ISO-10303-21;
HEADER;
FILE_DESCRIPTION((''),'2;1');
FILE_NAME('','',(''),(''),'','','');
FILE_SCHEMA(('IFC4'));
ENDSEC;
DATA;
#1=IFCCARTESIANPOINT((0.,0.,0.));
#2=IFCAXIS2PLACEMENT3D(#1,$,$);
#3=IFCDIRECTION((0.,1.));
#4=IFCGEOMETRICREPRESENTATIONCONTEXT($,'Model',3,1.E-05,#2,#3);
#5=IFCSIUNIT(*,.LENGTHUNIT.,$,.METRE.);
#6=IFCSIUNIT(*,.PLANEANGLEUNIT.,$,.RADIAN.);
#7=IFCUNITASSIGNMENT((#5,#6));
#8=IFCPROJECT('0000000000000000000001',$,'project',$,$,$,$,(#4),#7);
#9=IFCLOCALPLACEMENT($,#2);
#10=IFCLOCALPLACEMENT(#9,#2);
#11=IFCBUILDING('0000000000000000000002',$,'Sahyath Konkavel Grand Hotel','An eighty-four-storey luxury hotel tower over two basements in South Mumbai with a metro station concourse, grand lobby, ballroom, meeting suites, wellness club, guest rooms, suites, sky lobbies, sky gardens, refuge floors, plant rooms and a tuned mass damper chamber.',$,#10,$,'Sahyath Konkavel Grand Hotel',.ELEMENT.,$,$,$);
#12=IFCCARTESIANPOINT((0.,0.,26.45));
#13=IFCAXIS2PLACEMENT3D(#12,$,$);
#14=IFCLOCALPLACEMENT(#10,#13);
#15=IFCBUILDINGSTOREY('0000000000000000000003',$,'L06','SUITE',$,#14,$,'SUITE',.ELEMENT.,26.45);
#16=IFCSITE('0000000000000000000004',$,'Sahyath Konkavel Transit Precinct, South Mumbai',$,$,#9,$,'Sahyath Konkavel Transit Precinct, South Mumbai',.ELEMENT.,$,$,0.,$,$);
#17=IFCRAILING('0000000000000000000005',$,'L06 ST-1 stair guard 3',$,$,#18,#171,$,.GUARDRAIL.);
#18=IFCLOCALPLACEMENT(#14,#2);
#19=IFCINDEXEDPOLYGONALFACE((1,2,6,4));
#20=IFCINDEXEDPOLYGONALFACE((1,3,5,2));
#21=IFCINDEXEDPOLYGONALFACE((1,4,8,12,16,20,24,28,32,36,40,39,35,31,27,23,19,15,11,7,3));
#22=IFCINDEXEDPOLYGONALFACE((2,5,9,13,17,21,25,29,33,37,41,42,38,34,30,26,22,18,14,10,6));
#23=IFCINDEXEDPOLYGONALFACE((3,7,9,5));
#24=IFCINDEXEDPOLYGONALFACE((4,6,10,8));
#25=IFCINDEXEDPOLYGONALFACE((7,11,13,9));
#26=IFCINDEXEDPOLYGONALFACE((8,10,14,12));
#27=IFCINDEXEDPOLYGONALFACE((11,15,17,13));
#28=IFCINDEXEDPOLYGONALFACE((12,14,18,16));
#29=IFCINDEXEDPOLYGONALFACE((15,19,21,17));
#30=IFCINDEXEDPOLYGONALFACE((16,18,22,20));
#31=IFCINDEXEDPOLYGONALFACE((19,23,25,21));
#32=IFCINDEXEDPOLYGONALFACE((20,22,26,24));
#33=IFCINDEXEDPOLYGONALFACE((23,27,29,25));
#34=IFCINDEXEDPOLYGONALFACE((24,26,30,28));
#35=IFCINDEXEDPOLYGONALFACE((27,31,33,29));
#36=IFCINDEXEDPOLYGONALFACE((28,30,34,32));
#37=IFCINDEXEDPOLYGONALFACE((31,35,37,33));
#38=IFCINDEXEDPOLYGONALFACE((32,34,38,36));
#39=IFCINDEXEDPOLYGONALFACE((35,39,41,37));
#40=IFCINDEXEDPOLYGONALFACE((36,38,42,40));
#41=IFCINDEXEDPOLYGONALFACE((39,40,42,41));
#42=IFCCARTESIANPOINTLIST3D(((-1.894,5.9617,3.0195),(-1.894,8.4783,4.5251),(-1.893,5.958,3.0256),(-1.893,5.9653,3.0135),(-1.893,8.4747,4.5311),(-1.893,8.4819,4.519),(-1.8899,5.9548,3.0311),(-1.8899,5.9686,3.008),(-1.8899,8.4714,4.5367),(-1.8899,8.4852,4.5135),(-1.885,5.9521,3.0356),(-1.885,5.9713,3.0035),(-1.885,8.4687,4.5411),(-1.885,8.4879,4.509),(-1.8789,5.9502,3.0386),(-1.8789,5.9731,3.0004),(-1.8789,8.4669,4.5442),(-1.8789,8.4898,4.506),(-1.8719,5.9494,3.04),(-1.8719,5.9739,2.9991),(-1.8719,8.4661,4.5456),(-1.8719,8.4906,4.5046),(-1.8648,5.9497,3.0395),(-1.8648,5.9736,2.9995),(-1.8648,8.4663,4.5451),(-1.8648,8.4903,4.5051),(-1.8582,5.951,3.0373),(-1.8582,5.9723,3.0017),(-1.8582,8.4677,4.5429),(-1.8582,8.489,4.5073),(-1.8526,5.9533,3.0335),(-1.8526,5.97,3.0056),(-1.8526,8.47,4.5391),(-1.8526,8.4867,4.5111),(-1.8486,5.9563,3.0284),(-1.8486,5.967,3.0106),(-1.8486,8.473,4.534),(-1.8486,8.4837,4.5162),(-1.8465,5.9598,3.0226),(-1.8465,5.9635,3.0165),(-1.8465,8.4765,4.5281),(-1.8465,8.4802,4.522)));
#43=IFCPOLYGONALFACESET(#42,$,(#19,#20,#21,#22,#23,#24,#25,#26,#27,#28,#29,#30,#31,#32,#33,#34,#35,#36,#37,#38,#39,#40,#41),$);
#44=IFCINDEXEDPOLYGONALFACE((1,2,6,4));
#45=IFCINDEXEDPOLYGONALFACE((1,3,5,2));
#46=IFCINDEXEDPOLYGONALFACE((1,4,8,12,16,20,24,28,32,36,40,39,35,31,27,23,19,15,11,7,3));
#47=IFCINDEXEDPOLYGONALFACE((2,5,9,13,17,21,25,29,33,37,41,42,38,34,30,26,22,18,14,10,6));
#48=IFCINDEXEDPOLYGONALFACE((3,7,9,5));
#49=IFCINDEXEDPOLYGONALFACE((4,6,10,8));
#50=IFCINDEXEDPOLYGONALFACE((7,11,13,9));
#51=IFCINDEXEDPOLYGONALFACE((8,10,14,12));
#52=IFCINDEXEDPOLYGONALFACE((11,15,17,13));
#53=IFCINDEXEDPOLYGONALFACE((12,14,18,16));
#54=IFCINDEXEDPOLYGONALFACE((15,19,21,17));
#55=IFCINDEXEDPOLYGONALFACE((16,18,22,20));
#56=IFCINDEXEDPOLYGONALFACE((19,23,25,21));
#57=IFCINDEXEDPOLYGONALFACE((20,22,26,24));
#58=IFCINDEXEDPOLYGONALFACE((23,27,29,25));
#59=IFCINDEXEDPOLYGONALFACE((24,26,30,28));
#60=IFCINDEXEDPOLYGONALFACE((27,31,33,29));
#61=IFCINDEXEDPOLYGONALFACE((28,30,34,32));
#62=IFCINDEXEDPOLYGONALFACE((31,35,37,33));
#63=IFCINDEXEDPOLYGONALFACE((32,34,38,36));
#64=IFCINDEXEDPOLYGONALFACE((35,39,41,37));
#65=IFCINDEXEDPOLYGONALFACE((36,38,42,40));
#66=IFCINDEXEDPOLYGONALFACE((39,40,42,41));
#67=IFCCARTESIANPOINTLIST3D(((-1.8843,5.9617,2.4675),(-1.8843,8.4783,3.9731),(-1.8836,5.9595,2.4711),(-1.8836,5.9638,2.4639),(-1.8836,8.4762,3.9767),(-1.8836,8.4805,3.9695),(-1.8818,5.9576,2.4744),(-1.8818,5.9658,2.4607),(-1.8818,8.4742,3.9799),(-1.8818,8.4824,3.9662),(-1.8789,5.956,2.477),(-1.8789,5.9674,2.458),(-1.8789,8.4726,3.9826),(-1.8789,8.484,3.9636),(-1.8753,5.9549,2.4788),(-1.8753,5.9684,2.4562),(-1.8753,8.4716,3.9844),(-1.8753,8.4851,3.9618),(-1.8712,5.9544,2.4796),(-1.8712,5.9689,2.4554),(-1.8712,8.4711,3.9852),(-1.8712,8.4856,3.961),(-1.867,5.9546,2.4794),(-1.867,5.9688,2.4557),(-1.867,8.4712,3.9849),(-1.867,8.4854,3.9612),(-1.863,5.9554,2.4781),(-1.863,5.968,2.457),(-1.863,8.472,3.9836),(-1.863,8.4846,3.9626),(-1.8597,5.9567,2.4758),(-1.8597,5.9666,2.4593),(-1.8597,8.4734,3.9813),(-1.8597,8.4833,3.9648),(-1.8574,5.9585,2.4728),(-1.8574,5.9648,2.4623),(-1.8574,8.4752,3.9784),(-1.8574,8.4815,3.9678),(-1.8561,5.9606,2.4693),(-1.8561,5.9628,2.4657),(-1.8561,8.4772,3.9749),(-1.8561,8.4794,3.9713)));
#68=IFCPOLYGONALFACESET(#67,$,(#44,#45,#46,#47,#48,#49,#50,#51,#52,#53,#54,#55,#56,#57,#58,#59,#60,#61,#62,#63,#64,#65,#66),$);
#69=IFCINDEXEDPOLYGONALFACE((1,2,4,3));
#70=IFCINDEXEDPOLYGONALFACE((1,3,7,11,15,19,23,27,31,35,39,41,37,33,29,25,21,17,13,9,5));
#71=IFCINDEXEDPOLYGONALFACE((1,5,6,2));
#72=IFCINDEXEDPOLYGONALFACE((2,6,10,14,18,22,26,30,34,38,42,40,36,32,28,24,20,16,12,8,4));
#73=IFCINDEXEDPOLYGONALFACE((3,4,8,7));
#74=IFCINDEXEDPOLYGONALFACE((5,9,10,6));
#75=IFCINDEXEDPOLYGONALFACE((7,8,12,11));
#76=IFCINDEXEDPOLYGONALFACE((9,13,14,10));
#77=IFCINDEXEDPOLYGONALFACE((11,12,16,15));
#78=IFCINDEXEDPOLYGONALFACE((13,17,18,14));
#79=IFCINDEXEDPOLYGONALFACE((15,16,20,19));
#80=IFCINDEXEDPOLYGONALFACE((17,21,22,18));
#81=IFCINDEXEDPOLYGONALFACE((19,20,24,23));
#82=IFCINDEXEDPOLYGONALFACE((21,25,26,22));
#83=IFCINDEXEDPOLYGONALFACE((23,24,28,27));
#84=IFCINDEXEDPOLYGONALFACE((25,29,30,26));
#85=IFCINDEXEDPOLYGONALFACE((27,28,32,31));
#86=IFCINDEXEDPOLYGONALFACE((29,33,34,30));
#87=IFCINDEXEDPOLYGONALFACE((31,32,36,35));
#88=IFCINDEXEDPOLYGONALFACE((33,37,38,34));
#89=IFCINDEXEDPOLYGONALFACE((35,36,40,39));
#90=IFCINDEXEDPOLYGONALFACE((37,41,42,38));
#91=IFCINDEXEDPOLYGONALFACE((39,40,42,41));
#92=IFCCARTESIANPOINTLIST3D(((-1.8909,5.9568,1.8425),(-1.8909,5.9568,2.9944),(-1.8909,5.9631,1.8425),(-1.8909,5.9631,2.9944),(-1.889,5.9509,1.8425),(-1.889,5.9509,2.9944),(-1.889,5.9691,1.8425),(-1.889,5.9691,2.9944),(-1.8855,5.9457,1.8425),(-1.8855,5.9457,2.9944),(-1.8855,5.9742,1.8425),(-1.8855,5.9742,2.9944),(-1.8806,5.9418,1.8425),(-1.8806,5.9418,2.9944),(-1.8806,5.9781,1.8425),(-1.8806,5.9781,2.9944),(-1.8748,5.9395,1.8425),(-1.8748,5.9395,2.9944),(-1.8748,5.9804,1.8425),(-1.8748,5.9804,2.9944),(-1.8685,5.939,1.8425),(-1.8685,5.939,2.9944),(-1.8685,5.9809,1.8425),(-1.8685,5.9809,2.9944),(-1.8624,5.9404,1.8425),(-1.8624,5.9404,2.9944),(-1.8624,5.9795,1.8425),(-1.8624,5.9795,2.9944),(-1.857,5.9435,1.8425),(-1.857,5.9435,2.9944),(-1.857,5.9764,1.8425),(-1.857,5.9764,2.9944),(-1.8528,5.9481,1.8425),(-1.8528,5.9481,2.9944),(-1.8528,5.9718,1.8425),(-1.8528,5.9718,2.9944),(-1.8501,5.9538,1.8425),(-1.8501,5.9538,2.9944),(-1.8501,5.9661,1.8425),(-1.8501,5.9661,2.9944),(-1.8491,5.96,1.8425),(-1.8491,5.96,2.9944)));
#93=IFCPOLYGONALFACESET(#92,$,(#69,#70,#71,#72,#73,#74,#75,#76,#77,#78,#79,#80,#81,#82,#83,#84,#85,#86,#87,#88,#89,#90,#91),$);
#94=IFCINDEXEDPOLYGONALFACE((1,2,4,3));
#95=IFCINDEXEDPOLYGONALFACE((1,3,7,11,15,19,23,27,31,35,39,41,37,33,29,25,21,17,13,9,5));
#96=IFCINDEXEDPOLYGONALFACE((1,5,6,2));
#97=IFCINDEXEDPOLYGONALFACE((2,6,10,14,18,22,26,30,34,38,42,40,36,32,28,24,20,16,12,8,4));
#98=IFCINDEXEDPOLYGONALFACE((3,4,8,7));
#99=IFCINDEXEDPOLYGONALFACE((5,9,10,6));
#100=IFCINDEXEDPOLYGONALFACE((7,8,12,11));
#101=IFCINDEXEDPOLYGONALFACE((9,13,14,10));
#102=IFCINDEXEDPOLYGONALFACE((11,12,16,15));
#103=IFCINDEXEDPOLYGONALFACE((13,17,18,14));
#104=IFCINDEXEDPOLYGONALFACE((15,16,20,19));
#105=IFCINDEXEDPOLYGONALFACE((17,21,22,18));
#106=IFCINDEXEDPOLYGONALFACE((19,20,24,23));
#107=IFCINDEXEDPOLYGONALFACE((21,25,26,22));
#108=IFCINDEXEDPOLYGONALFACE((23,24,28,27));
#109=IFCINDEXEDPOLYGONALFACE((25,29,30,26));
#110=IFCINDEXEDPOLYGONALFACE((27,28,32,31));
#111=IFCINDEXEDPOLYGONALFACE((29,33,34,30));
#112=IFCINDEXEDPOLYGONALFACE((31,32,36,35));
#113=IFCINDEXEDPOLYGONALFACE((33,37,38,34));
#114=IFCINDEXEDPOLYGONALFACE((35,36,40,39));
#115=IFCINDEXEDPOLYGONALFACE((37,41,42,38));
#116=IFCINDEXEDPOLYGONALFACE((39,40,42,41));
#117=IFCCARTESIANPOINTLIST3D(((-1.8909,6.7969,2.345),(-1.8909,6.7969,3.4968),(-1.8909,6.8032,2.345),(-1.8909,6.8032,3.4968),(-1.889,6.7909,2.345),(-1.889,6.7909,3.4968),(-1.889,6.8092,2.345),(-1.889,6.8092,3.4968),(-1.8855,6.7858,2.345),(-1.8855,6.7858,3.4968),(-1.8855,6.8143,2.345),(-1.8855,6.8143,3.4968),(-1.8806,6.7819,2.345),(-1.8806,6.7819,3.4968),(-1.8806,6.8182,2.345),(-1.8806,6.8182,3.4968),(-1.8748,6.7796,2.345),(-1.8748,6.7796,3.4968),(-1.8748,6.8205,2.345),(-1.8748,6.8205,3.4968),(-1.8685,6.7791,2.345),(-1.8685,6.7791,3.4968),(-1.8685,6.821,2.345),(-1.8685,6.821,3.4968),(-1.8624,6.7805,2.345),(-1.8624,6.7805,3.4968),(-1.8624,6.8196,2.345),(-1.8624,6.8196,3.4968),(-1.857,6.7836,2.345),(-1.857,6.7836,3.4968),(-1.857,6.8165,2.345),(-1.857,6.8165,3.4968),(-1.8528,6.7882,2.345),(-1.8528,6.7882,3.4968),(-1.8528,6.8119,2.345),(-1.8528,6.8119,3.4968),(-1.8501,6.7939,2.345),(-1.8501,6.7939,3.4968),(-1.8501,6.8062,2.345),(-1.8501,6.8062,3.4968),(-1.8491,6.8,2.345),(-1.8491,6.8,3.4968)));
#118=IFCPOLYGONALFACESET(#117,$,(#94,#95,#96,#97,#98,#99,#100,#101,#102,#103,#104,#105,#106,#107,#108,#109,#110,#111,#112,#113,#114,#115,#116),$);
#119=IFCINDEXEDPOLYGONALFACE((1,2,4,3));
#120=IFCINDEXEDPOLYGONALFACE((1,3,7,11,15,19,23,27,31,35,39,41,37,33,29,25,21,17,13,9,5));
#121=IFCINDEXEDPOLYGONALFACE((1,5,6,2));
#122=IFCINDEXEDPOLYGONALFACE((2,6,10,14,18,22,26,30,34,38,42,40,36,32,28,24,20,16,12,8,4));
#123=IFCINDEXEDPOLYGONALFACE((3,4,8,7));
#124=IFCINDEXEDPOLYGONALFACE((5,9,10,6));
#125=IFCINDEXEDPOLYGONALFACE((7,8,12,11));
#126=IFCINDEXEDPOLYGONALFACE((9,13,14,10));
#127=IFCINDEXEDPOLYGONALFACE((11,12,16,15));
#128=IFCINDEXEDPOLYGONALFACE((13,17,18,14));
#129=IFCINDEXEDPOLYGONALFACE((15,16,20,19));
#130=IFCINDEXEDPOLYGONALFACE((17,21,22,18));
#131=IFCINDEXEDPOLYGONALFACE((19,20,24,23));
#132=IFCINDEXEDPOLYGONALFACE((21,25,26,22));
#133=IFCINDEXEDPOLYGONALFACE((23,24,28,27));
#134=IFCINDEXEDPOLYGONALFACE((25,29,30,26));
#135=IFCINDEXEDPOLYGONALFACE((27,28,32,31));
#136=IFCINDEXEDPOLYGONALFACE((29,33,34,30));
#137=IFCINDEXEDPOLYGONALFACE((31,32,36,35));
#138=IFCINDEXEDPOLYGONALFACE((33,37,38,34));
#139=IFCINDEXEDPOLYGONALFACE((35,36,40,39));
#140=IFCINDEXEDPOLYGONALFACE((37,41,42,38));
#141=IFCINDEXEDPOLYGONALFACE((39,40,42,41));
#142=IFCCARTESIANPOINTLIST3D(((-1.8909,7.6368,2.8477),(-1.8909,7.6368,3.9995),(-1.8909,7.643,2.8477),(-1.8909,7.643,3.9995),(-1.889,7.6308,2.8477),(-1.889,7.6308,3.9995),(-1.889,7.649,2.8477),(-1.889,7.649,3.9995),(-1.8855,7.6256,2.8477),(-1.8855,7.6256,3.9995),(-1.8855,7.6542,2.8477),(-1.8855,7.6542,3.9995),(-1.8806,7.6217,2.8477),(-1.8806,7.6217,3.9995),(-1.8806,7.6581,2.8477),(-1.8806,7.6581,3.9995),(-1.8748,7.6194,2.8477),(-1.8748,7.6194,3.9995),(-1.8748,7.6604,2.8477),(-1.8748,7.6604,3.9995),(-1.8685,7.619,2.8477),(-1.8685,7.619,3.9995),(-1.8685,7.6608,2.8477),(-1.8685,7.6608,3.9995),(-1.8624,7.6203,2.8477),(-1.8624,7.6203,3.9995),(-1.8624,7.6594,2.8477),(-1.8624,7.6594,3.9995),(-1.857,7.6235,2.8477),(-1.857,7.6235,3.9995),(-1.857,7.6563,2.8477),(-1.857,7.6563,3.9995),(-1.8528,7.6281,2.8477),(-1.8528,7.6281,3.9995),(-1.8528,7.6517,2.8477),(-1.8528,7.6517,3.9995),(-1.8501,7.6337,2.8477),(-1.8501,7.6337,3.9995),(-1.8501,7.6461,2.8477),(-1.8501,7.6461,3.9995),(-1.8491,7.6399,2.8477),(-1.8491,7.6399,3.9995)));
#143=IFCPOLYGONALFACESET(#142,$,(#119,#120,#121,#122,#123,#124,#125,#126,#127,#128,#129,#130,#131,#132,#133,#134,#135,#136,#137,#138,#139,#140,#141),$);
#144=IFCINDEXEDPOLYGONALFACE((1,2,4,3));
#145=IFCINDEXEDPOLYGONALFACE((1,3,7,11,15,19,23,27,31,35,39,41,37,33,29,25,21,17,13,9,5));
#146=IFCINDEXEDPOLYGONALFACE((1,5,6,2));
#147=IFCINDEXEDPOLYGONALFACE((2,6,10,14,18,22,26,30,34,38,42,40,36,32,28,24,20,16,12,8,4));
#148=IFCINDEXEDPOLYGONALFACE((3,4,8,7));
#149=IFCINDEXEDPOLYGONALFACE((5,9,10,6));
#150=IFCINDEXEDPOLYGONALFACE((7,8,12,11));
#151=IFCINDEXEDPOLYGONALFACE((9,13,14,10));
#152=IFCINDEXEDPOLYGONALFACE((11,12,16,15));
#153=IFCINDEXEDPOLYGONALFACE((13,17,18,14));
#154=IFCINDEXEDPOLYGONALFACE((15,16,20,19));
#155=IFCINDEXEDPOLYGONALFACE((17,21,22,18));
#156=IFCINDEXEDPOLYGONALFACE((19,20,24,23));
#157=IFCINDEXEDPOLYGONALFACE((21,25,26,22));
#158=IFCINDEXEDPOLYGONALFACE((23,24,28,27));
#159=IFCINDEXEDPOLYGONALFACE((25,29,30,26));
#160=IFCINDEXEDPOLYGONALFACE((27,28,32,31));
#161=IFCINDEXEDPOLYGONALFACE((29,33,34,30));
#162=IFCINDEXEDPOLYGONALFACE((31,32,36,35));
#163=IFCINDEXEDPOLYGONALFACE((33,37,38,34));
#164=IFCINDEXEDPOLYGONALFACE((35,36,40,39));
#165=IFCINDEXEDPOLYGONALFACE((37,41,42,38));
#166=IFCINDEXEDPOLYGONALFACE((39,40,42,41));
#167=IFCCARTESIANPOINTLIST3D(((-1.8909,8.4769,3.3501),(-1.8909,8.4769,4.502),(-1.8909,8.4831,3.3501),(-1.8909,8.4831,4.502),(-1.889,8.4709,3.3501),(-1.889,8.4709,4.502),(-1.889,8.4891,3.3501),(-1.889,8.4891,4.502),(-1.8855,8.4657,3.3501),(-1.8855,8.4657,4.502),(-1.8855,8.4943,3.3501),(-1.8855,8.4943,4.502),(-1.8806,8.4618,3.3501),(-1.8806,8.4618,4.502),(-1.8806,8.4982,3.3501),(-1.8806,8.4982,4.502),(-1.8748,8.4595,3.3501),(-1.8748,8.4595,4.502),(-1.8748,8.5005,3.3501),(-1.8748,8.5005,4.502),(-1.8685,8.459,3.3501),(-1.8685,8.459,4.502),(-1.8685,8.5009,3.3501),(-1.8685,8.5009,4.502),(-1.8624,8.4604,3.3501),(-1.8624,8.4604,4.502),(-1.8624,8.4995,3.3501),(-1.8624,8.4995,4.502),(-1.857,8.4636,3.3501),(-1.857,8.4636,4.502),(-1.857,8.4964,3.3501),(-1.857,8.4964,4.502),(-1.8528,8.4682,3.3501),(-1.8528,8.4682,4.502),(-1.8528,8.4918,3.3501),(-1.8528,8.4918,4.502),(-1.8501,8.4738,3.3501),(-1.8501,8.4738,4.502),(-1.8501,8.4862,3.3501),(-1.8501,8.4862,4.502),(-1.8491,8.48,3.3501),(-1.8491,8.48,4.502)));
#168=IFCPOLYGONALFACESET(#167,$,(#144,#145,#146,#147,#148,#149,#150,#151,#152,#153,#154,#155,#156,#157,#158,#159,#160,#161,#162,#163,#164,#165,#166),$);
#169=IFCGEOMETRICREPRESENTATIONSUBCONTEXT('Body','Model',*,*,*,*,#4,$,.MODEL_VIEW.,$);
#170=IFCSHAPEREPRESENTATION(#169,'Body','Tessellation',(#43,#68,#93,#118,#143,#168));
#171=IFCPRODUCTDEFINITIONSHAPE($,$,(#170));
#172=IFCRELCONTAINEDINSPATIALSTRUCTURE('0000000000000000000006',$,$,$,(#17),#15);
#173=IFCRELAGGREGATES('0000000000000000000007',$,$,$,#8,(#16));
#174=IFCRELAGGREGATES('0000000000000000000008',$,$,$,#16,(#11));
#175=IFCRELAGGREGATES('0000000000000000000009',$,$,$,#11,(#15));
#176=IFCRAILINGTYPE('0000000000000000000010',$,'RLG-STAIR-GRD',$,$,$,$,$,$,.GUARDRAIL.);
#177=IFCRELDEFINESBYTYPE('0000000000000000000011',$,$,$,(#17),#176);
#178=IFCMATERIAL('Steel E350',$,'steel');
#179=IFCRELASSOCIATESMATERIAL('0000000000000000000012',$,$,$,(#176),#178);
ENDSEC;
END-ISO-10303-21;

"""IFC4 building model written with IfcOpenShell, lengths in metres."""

from ifc_helpers import new_model, si_unit, direction, frame, origin, origin_2d, place, context, subcontext, project, spatial, circle, extrude, material, type_object, element, save


model = new_model("IFC4")

# Units and contexts
model_context = context("Model", 3, precision=1e-05, world=origin(), true_north=direction((0.0, 1.0)))
body_context = subcontext(model_context, "Body", "Model", "MODEL_VIEW")
ifc_project = project(units=[si_unit("LENGTHUNIT", "METRE"), si_unit("PLANEANGLEUNIT", "RADIAN")], contexts=[model_context])

# Site, building, storey
site_placement = place(None, origin())
site = spatial("IfcSite", under=ifc_project, at=site_placement, Name="Sahyath Konkavel Transit Precinct, South Mumbai", LongName="Sahyath Konkavel Transit Precinct, South Mumbai", CompositionType="ELEMENT", RefElevation=0.0)
building_placement = place(site_placement, origin())
building = spatial("IfcBuilding", under=site, at=building_placement, Name="Sahyath Konkavel Grand Hotel", Description="An eighty-four-storey luxury hotel tower over two basements in South Mumbai with a metro station concourse, grand lobby, ballroom, meeting suites, wellness club, guest rooms, suites, sky lobbies, sky gardens, refuge floors, plant rooms and a tuned mass damper chamber.", LongName="Sahyath Konkavel Grand Hotel", CompositionType="ELEMENT")
storey_placement = place(building_placement, frame((0.0, 0.0, 26.45)))
storey = spatial("IfcBuildingStorey", under=building, at=storey_placement, Name="L06", Description="SUITE", LongName="SUITE", CompositionType="ELEMENT", Elevation=26.45)

# Shared definitions
ifc_material_1 = material(Name="Steel E350", Category="steel")

# Railing
railing_type_1 = type_object("IfcRailingType", Name="RLG-STAIR-GRD", PredefinedType="GUARDRAIL", material=ifc_material_1)
railing_1_placement = place(storey_placement, frame((-1.8701, 5.96, 1.8425)))
element("IfcRailing", 1, at=railing_1_placement, inside=storey, type_object=railing_type_1, Name="L06 ST-1 stair guard 3", PredefinedType="GUARDRAIL", context=body_context, shape_type="SweptSolid", body=[
    extrude(circle(Radius=0.0239, at=origin_2d()), frame((0.0, 0.0017, 1.177), z_axis=(0.0, 0.85816, 0.513383), x_axis=(-1.0, 0.0, 0.0)), (0.0, 0.0, 1.0), 2.9326),
    extrude(circle(Radius=0.0142, at=origin_2d()), frame((0.0, 0.0017, 0.625), z_axis=(0.0, 0.85816, 0.513383), x_axis=(-1.0, 0.0, 0.0)), (0.0, 0.0, 1.0), 2.9326),
    extrude(circle(Radius=0.021, at=origin_2d()), origin(), (0.0, 0.0, 1.0), 1.1519),
    extrude(circle(Radius=0.021, at=origin_2d()), frame((0.0, 0.8401, 0.5024)), (0.0, 0.0, 1.0), 1.1519),
    extrude(circle(Radius=0.021, at=origin_2d()), frame((0.0, 1.6799, 1.0051)), (0.0, 0.0, 1.0), 1.1519),
    extrude(circle(Radius=0.021, at=origin_2d()), frame((0.0, 2.52, 1.5076)), (0.0, 0.0, 1.0), 1.1519),
])

save(model, "model.ifc")
